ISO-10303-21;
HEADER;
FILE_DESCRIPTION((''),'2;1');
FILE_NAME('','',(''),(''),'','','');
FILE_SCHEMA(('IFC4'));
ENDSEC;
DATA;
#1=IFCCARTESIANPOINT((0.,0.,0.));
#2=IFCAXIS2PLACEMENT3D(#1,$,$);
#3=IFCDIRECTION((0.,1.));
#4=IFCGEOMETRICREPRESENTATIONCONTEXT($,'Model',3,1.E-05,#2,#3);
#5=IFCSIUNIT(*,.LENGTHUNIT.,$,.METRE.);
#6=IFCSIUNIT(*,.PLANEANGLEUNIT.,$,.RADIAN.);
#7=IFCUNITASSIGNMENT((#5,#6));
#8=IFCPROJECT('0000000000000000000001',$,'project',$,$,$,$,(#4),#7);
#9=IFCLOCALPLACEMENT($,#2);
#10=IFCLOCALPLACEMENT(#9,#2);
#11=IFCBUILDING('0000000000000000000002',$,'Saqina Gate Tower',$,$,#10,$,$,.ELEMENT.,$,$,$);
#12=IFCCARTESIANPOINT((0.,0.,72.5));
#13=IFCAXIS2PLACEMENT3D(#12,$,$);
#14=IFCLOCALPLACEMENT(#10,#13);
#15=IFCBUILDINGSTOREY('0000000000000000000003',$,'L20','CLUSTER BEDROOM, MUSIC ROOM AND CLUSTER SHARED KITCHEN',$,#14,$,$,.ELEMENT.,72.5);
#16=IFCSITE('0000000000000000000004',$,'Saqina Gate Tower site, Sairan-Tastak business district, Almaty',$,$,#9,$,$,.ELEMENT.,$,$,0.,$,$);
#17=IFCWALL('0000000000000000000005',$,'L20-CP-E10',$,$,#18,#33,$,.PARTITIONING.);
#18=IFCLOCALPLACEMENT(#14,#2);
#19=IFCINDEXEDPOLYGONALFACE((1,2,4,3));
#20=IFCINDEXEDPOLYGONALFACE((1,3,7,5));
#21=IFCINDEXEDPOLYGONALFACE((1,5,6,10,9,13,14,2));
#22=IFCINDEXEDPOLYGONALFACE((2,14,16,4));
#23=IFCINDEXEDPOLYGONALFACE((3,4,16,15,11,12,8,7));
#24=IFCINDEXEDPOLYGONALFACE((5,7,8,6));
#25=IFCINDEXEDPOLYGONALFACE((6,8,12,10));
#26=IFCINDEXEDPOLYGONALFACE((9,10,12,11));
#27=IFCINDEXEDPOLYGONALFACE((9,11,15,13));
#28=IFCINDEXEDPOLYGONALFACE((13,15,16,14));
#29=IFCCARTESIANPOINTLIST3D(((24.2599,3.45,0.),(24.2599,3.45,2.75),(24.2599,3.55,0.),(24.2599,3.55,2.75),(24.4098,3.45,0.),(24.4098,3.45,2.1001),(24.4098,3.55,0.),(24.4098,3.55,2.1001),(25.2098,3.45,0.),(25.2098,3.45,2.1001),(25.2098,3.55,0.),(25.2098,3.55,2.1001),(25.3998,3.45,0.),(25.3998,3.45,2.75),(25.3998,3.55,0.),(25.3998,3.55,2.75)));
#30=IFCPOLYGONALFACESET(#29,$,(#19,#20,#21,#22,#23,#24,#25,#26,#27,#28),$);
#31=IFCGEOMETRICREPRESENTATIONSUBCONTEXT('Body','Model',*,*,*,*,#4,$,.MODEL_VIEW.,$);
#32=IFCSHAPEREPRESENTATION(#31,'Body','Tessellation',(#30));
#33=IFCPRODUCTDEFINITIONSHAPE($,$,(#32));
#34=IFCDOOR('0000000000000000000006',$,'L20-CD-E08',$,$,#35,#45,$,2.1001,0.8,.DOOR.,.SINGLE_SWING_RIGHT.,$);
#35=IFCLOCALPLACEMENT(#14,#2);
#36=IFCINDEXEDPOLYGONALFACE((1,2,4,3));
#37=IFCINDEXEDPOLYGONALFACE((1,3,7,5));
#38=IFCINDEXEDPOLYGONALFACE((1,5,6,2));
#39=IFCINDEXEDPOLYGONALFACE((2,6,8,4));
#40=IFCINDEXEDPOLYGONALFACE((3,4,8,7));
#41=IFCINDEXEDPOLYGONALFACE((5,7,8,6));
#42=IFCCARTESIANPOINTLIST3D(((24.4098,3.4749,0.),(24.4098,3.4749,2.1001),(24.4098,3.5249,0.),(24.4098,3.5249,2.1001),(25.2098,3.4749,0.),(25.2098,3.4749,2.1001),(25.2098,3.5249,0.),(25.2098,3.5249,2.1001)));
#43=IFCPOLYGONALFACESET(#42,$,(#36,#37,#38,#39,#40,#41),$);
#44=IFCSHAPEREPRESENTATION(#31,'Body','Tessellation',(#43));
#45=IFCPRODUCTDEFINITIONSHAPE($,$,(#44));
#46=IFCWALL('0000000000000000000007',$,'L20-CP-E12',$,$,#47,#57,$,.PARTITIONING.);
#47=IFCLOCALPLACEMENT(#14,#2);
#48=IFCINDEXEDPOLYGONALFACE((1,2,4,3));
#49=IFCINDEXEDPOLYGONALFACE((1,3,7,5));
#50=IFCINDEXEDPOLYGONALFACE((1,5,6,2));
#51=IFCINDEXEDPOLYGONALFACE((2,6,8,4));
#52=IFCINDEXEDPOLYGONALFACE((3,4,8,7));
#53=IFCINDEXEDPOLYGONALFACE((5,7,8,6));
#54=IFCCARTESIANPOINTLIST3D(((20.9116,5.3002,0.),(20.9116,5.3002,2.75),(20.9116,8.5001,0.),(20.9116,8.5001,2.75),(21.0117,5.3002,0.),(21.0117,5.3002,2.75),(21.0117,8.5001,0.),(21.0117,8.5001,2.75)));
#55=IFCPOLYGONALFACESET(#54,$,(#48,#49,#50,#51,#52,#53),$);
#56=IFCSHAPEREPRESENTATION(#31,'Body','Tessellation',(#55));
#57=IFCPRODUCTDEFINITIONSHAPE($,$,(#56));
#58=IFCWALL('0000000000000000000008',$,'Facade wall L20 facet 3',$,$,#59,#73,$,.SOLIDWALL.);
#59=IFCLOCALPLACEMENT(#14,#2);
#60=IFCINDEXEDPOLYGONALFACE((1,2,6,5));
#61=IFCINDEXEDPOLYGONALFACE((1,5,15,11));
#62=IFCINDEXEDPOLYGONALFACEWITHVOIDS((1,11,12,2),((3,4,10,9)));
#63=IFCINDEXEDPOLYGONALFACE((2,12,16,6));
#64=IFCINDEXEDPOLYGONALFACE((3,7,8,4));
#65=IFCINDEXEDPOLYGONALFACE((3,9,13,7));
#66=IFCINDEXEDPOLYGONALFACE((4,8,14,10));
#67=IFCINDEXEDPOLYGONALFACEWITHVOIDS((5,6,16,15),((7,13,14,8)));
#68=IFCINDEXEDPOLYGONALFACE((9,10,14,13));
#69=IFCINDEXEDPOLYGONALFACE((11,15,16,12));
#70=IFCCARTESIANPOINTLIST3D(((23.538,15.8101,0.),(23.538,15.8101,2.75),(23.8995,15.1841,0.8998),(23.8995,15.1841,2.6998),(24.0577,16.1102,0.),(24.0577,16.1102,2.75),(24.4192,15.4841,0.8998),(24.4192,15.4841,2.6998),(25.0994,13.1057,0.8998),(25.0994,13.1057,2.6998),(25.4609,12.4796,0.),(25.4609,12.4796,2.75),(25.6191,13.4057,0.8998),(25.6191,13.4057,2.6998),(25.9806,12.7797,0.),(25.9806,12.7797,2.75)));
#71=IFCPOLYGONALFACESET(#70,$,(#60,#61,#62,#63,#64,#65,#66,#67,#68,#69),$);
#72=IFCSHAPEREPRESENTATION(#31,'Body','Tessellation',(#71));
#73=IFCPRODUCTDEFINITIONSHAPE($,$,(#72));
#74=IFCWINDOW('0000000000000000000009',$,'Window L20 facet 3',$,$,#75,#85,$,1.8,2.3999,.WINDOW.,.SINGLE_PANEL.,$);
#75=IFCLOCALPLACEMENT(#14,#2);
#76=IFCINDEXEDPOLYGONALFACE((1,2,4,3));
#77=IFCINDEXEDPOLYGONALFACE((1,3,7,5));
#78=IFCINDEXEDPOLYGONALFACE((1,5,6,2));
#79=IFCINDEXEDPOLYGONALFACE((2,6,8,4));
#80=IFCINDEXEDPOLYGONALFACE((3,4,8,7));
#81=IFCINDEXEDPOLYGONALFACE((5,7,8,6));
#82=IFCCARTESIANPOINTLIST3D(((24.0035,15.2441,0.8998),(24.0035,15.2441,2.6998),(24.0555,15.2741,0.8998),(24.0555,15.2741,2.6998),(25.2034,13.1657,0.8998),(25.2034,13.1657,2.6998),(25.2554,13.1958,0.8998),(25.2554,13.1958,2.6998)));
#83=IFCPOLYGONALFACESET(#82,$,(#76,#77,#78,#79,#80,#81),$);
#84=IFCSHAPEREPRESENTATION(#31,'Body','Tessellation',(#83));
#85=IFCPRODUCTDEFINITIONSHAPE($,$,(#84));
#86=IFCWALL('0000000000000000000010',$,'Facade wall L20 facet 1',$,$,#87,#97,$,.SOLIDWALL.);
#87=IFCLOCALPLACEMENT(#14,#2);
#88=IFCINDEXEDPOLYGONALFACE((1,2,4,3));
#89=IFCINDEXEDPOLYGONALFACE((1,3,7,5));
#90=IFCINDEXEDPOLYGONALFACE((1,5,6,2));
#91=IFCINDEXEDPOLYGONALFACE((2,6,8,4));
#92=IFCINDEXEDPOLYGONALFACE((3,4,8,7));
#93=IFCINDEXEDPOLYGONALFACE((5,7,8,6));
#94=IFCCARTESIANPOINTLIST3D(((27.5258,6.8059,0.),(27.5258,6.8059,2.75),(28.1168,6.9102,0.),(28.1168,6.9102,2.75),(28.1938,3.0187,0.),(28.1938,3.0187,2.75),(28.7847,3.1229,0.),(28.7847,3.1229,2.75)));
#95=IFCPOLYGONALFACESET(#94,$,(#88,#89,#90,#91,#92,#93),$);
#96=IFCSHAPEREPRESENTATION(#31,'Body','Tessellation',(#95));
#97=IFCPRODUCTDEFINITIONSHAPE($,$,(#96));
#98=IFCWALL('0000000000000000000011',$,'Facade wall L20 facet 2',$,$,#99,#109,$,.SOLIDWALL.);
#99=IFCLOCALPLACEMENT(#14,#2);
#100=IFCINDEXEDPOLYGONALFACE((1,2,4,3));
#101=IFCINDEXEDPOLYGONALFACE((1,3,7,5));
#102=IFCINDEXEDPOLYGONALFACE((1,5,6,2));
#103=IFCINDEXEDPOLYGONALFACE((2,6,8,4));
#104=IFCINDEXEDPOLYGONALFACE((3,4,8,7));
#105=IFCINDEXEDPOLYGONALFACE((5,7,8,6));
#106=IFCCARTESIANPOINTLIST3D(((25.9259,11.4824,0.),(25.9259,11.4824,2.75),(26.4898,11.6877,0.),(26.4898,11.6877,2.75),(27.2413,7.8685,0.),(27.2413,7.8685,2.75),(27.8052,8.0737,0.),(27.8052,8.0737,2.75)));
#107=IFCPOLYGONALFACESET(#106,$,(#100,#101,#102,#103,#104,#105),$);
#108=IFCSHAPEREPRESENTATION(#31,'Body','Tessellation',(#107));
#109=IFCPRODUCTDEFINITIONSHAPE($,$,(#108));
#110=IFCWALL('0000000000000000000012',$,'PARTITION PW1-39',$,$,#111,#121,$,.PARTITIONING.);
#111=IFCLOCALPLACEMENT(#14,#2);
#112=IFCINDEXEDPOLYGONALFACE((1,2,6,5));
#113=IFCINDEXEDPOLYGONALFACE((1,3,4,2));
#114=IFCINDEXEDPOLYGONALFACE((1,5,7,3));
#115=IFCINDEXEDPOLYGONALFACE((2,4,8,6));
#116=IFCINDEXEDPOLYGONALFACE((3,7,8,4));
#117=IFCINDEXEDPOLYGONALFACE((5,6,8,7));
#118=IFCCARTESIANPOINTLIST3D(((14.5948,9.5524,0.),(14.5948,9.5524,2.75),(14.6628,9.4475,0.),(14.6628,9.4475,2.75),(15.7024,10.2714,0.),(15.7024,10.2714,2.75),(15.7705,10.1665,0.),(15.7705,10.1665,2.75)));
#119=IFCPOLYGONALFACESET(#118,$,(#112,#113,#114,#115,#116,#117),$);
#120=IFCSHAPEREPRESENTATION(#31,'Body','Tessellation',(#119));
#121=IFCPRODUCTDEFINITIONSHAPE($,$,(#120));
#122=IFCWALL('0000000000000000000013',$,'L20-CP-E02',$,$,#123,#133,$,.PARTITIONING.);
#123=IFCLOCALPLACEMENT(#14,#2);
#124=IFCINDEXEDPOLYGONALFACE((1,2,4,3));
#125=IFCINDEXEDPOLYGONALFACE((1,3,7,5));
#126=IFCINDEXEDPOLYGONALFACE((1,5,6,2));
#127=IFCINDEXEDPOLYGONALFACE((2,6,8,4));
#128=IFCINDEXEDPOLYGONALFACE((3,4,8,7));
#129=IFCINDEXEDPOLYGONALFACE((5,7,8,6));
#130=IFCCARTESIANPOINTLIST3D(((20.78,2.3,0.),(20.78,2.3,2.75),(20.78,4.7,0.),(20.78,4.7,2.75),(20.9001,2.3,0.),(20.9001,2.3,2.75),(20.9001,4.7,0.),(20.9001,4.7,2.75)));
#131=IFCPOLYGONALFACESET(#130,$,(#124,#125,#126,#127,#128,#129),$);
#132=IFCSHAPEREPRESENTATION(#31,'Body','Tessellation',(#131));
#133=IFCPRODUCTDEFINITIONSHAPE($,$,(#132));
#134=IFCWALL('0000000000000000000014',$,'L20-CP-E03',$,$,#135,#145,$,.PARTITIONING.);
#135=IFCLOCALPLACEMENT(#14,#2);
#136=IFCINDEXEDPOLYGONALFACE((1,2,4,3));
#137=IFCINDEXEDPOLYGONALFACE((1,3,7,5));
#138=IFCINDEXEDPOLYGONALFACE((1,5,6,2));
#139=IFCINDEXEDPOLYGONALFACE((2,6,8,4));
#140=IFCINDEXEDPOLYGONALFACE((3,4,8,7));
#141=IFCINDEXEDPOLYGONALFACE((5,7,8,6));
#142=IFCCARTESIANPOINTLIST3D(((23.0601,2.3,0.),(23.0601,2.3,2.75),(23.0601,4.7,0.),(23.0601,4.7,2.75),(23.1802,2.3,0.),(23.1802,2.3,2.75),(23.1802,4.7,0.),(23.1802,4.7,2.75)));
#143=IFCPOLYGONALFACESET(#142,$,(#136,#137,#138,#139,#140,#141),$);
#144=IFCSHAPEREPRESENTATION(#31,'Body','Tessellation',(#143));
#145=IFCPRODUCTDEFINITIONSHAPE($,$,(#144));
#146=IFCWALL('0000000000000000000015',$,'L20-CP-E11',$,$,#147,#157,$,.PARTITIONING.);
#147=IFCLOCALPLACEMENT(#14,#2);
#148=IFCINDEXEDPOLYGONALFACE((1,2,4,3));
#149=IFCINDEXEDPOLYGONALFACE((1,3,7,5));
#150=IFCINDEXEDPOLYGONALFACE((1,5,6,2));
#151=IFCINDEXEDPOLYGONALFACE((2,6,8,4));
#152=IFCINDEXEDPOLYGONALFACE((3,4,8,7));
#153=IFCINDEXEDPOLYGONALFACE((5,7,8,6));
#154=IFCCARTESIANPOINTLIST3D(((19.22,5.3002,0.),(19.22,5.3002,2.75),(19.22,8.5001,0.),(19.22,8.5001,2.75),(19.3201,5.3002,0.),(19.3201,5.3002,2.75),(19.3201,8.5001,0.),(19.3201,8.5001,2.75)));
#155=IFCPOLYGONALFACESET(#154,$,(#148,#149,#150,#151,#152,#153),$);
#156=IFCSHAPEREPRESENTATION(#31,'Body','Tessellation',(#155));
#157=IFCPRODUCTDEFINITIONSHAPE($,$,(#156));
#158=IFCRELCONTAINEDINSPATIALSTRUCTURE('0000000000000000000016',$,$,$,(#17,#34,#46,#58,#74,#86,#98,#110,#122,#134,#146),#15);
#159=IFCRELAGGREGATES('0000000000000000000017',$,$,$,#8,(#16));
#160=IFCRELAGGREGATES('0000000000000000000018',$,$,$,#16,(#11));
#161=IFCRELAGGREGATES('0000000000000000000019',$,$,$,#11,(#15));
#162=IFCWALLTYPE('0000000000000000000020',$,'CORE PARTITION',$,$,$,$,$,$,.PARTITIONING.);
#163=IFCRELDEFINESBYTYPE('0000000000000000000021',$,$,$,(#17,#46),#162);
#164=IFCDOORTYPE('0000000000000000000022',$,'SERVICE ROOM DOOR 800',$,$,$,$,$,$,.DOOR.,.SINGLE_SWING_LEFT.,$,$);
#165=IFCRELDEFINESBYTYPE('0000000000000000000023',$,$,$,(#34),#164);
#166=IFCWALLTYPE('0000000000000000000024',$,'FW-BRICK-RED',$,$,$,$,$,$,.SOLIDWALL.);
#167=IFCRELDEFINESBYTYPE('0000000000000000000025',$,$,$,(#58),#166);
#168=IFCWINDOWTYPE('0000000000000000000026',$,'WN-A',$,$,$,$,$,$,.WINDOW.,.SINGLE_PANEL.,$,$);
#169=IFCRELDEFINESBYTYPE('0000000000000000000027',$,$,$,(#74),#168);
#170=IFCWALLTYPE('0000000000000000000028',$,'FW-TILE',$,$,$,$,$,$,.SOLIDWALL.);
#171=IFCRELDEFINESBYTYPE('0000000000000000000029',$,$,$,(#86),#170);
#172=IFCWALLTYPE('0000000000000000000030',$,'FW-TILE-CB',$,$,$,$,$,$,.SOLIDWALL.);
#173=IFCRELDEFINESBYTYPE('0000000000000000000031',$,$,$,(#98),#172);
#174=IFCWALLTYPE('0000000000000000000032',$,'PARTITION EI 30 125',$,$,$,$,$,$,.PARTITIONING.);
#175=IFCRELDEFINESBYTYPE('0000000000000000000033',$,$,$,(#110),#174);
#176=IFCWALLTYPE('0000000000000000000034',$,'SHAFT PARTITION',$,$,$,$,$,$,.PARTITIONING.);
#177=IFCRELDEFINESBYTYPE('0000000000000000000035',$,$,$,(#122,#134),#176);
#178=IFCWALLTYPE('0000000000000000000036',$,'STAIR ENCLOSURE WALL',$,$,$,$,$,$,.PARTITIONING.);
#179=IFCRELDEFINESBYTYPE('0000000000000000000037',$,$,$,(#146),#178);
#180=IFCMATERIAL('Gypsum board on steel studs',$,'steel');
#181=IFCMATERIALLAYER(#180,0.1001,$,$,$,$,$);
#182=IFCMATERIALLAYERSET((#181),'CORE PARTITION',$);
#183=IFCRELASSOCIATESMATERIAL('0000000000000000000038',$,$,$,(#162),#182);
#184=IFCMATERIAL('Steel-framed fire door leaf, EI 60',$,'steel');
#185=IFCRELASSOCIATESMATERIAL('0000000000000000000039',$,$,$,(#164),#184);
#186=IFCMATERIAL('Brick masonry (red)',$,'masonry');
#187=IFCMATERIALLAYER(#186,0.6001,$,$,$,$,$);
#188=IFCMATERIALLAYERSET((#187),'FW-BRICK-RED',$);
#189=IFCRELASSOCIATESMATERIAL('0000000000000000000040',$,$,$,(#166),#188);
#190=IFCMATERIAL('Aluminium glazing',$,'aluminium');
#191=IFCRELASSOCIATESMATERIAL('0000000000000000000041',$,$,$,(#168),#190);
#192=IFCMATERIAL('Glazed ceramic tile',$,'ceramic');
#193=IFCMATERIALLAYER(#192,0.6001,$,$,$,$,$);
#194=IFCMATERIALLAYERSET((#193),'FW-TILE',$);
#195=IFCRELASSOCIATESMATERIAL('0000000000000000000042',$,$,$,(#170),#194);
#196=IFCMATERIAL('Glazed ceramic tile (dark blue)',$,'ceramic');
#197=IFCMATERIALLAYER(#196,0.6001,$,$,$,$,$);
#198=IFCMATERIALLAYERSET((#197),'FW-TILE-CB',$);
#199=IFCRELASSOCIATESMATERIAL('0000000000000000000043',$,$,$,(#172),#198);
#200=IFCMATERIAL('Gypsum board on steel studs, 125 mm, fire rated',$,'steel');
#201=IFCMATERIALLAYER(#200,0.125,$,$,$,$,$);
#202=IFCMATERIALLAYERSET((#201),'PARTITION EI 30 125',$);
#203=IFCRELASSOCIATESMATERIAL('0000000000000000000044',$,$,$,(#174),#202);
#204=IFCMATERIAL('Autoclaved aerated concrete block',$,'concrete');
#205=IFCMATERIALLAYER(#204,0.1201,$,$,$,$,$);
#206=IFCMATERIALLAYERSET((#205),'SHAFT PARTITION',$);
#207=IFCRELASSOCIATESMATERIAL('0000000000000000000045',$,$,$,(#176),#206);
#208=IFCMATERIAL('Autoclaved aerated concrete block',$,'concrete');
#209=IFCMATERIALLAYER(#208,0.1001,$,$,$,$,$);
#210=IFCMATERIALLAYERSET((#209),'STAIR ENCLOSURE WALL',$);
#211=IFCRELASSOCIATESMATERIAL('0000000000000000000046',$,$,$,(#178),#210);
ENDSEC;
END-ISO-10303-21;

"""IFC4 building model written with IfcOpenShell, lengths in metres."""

from ifc_helpers import new_model, si_unit, direction, frame, frame_2d, origin, place, context, subcontext, project, spatial, rectangle, extrude, material, layer, layer_set, type_object, element, fill, save


model = new_model("IFC4")

# Units and contexts
model_context = context("Model", 3, precision=1e-05, world=origin(), true_north=direction((0.0, 1.0)))
body_context = subcontext(model_context, "Body", "Model", "MODEL_VIEW")
ifc_project = project(units=[si_unit("LENGTHUNIT", "METRE"), si_unit("PLANEANGLEUNIT", "RADIAN")], contexts=[model_context])

# Site, building, storey
site_placement = place(None, origin())
site = spatial("IfcSite", under=ifc_project, at=site_placement, Name="Saqina Gate Tower site, Sairan-Tastak business district, Almaty", CompositionType="ELEMENT", RefElevation=0.0)
building_placement = place(site_placement, origin())
building = spatial("IfcBuilding", under=site, at=building_placement, Name="Saqina Gate Tower", CompositionType="ELEMENT")
storey_placement = place(building_placement, frame((0.0, 0.0, 72.5)))
storey = spatial("IfcBuildingStorey", under=building, at=storey_placement, Name="L20", Description="CLUSTER BEDROOM, MUSIC ROOM AND CLUSTER SHARED KITCHEN", CompositionType="ELEMENT", Elevation=72.5)

# Shared definitions
ifc_material_1 = material(Name="Gypsum board on steel studs", Category="steel")
ifc_layer_1 = layer(ifc_material_1, 0.1001)
ifc_layer_set_1 = layer_set([ifc_layer_1], Name="CORE PARTITION")
wall_type_1 = type_object("IfcWallType", Name="CORE PARTITION", PredefinedType="PARTITIONING", material=ifc_layer_set_1)

# Wall, opening, door
wall_1_placement = place(storey_placement, frame((24.26, 3.5, 0.0), z_axis=(0.0, 0.0, 1.0), x_axis=(1.0, 0.0, 0.0)))
wall_1 = element("IfcWall", 1, at=wall_1_placement, inside=storey, type_object=wall_type_1, Name="L20-CP-E10", PredefinedType="PARTITIONING", context=body_context, shape_type="SweptSolid", body=[
    extrude(rectangle(XDim=1.1399, YDim=0.1001, at=frame_2d((0.5698, 0.0))), origin(), (0.0, 0.0, 1.0), 2.75),
])
opening_1_placement = place(wall_1_placement, frame((0.1499, 0.0, 0.0)))
opening_1 = element("IfcOpeningElement", 2, at=opening_1_placement, cuts=wall_1, PredefinedType="OPENING", context=body_context, shape_type="SweptSolid", body=[
    extrude(rectangle(XDim=0.8, YDim=2.1001, at=frame_2d((0.3999, 1.05))), frame((0.0, 0.062, 0.0), z_axis=(0.0, -1.0, 0.0), x_axis=(1.0, 0.0, 0.0)), (0.0, 0.0, 1.0), 0.124),
])
ifc_material_2 = material(Name="Steel-framed fire door leaf, EI 60", Category="steel")
door_type = type_object("IfcDoorType", Name="SERVICE ROOM DOOR 800", OperationType="SINGLE_SWING_LEFT", PredefinedType="DOOR", material=ifc_material_2)
door_placement = place(opening_1_placement, origin())
door = element("IfcDoor", 3, at=door_placement, inside=storey, type_object=door_type, Name="L20-CD-E08", OperationType="SINGLE_SWING_RIGHT", OverallHeight=2.1001, OverallWidth=0.8, PredefinedType="DOOR", context=body_context, shape_type="SweptSolid", body=[
    extrude(rectangle(XDim=0.8, YDim=2.1001, at=frame_2d((0.3999, 1.05))), frame((0.0, 0.0249, 0.0), z_axis=(0.0, -1.0, 0.0), x_axis=(1.0, 0.0, 0.0)), (0.0, 0.0, 1.0), 0.05),
])
fill(opening_1, door)

# Wall
wall_2_placement = place(storey_placement, frame((20.9617, 5.3, 0.0), z_axis=(0.0, 0.0, 1.0), x_axis=(0.0, 1.0, 0.0)))
element("IfcWall", 4, at=wall_2_placement, inside=storey, type_object=wall_type_1, Name="L20-CP-E12", PredefinedType="PARTITIONING", context=body_context, shape_type="SweptSolid", body=[
    extrude(rectangle(XDim=3.2, YDim=0.1001, at=frame_2d((1.6001, 0.0))), origin(), (0.0, 0.0, 1.0), 2.75),
])

# Wall, opening, window
ifc_material_3 = material(Name="Brick masonry (red)", Category="masonry")
ifc_layer_2 = layer(ifc_material_3, 0.6001)
ifc_layer_set_2 = layer_set([ifc_layer_2], Name="FW-BRICK-RED")
wall_type_2 = type_object("IfcWallType", Name="FW-BRICK-RED", PredefinedType="SOLIDWALL", material=ifc_layer_set_2)
wall_3_placement = place(storey_placement, frame((25.7207, 12.6296, 0.0), z_axis=(0.0, 0.0, 1.0), x_axis=(-0.49999, 0.866031, 0.0)))
wall_3 = element("IfcWall", 5, at=wall_3_placement, inside=storey, type_object=wall_type_2, Name="Facade wall L20 facet 3", PredefinedType="SOLIDWALL", context=body_context, shape_type="SweptSolid", body=[
    extrude(rectangle(XDim=3.8457, YDim=0.6001, at=frame_2d((1.9229, 0.0))), origin(), (0.0, 0.0, 1.0), 2.75),
])
opening_2_placement = place(wall_3_placement, frame((0.7229, 0.0, 0.8999)))
opening_2 = element("IfcOpeningElement", 6, at=opening_2_placement, cuts=wall_3, PredefinedType="OPENING", context=body_context, shape_type="SweptSolid", body=[
    extrude(rectangle(XDim=2.3999, YDim=1.8, at=frame_2d((1.2, 0.8999))), frame((0.0, 0.312, 0.0), z_axis=(0.0, -1.0, 0.0), x_axis=(1.0, 0.0, 0.0)), (0.0, 0.0, 1.0), 0.624),
])
ifc_material_4 = material(Name="Aluminium glazing", Category="aluminium")
window_type = type_object("IfcWindowType", Name="WN-A", PartitioningType="SINGLE_PANEL", PredefinedType="WINDOW", material=ifc_material_4)
window_placement = place(opening_2_placement, origin())
window = element("IfcWindow", 7, at=window_placement, inside=storey, type_object=window_type, Name="Window L20 facet 3", OverallHeight=1.8, OverallWidth=2.3999, PartitioningType="SINGLE_PANEL", PredefinedType="WINDOW", context=body_context, shape_type="SweptSolid", body=[
    extrude(rectangle(XDim=2.3999, YDim=1.8, at=frame_2d((1.2, 0.8999))), frame((0.0, 0.1799, 0.0), z_axis=(0.0, -1.0, 0.0), x_axis=(1.0, 0.0, 0.0)), (0.0, 0.0, 1.0), 0.0601),
])
fill(opening_2, window)

# Walls
ifc_material_5 = material(Name="Glazed ceramic tile", Category="ceramic")
ifc_layer_3 = layer(ifc_material_5, 0.6001)
ifc_layer_set_3 = layer_set([ifc_layer_3], Name="FW-TILE")
wall_type_3 = type_object("IfcWallType", Name="FW-TILE", PredefinedType="SOLIDWALL", material=ifc_layer_set_3)
wall_4_placement = place(storey_placement, frame((28.4893, 3.0708, 0.0), z_axis=(0.0, 0.0, 1.0), x_axis=(-0.173688, 0.984801, 0.0)))
element("IfcWall", 8, at=wall_4_placement, inside=storey, type_object=wall_type_3, Name="Facade wall L20 facet 1", PredefinedType="SOLIDWALL", context=body_context, shape_type="SweptSolid", body=[
    extrude(rectangle(XDim=3.8457, YDim=0.6001, at=frame_2d((1.9229, 0.0))), origin(), (0.0, 0.0, 1.0), 2.75),
])
ifc_material_6 = material(Name="Glazed ceramic tile (dark blue)", Category="ceramic")
ifc_layer_4 = layer(ifc_material_6, 0.6001)
ifc_layer_set_4 = layer_set([ifc_layer_4], Name="FW-TILE-CB")
wall_type_4 = type_object("IfcWallType", Name="FW-TILE-CB", PredefinedType="SOLIDWALL", material=ifc_layer_set_4)
wall_5_placement = place(storey_placement, frame((27.5232, 7.9712, 0.0), z_axis=(0.0, 0.0, 1.0), x_axis=(-0.342028, 0.93969, 0.0)))
element("IfcWall", 9, at=wall_5_placement, inside=storey, type_object=wall_type_4, Name="Facade wall L20 facet 2", PredefinedType="SOLIDWALL", context=body_context, shape_type="SweptSolid", body=[
    extrude(rectangle(XDim=3.8459, YDim=0.6001, at=frame_2d((1.9229, 0.0))), origin(), (0.0, 0.0, 1.0), 2.75),
])
ifc_material_7 = material(Name="Gypsum board on steel studs, 125 mm, fire rated", Category="steel")
ifc_layer_5 = layer(ifc_material_7, 0.125)
ifc_layer_set_5 = layer_set([ifc_layer_5], Name="PARTITION EI 30 125")
wall_type_5 = type_object("IfcWallType", Name="PARTITION EI 30 125", PredefinedType="PARTITIONING", material=ifc_layer_set_5)
wall_6_placement = place(storey_placement, frame((14.6289, 9.5, 0.0), z_axis=(0.0, 0.0, 1.0), x_axis=(0.838786, 0.544462, 0.0)))
element("IfcWall", 10, at=wall_6_placement, inside=storey, type_object=wall_type_5, Name="PARTITION PW1-39", PredefinedType="PARTITIONING", context=body_context, shape_type="SweptSolid", body=[
    extrude(rectangle(XDim=1.3206, YDim=0.125, at=frame_2d((0.6602, 0.0))), origin(), (0.0, 0.0, 1.0), 2.75),
])
ifc_material_8 = material(Name="Autoclaved aerated concrete block", Category="concrete")
ifc_layer_6 = layer(ifc_material_8, 0.1201)
ifc_layer_set_6 = layer_set([ifc_layer_6], Name="SHAFT PARTITION")
wall_type_6 = type_object("IfcWallType", Name="SHAFT PARTITION", PredefinedType="PARTITIONING", material=ifc_layer_set_6)
for number, where, z_axis, x_axis, name in (
    (11, (20.8401, 2.3, 0.0), (0.0, 0.0, 1.0), (0.0, 1.0, 0.0), "L20-CP-E02"),
    (12, (23.1201, 2.3, 0.0), (0.0, 0.0, 1.0), (0.0, 1.0, 0.0), "L20-CP-E03"),
):
    element("IfcWall", number, at=place(storey_placement, frame(where, z_axis=z_axis, x_axis=x_axis)), inside=storey, type_object=wall_type_6, Name=name, PredefinedType="PARTITIONING", context=body_context, shape_type="SweptSolid", body=[
        extrude(rectangle(XDim=2.3999, YDim=0.1201, at=frame_2d((1.2, 0.0))), origin(), (0.0, 0.0, 1.0), 2.75),
    ])
ifc_material_9 = material(Name="Autoclaved aerated concrete block", Category="concrete")
ifc_layer_7 = layer(ifc_material_9, 0.1001)
ifc_layer_set_7 = layer_set([ifc_layer_7], Name="STAIR ENCLOSURE WALL")
wall_type_7 = type_object("IfcWallType", Name="STAIR ENCLOSURE WALL", PredefinedType="PARTITIONING", material=ifc_layer_set_7)
wall_7_placement = place(storey_placement, frame((19.27, 5.3, 0.0), z_axis=(0.0, 0.0, 1.0), x_axis=(0.0, 1.0, 0.0)))
element("IfcWall", 13, at=wall_7_placement, inside=storey, type_object=wall_type_7, Name="L20-CP-E11", PredefinedType="PARTITIONING", context=body_context, shape_type="SweptSolid", body=[
    extrude(rectangle(XDim=3.2, YDim=0.1001, at=frame_2d((1.6001, 0.0))), origin(), (0.0, 0.0, 1.0), 2.75),
])

save(model, "model.ifc")
